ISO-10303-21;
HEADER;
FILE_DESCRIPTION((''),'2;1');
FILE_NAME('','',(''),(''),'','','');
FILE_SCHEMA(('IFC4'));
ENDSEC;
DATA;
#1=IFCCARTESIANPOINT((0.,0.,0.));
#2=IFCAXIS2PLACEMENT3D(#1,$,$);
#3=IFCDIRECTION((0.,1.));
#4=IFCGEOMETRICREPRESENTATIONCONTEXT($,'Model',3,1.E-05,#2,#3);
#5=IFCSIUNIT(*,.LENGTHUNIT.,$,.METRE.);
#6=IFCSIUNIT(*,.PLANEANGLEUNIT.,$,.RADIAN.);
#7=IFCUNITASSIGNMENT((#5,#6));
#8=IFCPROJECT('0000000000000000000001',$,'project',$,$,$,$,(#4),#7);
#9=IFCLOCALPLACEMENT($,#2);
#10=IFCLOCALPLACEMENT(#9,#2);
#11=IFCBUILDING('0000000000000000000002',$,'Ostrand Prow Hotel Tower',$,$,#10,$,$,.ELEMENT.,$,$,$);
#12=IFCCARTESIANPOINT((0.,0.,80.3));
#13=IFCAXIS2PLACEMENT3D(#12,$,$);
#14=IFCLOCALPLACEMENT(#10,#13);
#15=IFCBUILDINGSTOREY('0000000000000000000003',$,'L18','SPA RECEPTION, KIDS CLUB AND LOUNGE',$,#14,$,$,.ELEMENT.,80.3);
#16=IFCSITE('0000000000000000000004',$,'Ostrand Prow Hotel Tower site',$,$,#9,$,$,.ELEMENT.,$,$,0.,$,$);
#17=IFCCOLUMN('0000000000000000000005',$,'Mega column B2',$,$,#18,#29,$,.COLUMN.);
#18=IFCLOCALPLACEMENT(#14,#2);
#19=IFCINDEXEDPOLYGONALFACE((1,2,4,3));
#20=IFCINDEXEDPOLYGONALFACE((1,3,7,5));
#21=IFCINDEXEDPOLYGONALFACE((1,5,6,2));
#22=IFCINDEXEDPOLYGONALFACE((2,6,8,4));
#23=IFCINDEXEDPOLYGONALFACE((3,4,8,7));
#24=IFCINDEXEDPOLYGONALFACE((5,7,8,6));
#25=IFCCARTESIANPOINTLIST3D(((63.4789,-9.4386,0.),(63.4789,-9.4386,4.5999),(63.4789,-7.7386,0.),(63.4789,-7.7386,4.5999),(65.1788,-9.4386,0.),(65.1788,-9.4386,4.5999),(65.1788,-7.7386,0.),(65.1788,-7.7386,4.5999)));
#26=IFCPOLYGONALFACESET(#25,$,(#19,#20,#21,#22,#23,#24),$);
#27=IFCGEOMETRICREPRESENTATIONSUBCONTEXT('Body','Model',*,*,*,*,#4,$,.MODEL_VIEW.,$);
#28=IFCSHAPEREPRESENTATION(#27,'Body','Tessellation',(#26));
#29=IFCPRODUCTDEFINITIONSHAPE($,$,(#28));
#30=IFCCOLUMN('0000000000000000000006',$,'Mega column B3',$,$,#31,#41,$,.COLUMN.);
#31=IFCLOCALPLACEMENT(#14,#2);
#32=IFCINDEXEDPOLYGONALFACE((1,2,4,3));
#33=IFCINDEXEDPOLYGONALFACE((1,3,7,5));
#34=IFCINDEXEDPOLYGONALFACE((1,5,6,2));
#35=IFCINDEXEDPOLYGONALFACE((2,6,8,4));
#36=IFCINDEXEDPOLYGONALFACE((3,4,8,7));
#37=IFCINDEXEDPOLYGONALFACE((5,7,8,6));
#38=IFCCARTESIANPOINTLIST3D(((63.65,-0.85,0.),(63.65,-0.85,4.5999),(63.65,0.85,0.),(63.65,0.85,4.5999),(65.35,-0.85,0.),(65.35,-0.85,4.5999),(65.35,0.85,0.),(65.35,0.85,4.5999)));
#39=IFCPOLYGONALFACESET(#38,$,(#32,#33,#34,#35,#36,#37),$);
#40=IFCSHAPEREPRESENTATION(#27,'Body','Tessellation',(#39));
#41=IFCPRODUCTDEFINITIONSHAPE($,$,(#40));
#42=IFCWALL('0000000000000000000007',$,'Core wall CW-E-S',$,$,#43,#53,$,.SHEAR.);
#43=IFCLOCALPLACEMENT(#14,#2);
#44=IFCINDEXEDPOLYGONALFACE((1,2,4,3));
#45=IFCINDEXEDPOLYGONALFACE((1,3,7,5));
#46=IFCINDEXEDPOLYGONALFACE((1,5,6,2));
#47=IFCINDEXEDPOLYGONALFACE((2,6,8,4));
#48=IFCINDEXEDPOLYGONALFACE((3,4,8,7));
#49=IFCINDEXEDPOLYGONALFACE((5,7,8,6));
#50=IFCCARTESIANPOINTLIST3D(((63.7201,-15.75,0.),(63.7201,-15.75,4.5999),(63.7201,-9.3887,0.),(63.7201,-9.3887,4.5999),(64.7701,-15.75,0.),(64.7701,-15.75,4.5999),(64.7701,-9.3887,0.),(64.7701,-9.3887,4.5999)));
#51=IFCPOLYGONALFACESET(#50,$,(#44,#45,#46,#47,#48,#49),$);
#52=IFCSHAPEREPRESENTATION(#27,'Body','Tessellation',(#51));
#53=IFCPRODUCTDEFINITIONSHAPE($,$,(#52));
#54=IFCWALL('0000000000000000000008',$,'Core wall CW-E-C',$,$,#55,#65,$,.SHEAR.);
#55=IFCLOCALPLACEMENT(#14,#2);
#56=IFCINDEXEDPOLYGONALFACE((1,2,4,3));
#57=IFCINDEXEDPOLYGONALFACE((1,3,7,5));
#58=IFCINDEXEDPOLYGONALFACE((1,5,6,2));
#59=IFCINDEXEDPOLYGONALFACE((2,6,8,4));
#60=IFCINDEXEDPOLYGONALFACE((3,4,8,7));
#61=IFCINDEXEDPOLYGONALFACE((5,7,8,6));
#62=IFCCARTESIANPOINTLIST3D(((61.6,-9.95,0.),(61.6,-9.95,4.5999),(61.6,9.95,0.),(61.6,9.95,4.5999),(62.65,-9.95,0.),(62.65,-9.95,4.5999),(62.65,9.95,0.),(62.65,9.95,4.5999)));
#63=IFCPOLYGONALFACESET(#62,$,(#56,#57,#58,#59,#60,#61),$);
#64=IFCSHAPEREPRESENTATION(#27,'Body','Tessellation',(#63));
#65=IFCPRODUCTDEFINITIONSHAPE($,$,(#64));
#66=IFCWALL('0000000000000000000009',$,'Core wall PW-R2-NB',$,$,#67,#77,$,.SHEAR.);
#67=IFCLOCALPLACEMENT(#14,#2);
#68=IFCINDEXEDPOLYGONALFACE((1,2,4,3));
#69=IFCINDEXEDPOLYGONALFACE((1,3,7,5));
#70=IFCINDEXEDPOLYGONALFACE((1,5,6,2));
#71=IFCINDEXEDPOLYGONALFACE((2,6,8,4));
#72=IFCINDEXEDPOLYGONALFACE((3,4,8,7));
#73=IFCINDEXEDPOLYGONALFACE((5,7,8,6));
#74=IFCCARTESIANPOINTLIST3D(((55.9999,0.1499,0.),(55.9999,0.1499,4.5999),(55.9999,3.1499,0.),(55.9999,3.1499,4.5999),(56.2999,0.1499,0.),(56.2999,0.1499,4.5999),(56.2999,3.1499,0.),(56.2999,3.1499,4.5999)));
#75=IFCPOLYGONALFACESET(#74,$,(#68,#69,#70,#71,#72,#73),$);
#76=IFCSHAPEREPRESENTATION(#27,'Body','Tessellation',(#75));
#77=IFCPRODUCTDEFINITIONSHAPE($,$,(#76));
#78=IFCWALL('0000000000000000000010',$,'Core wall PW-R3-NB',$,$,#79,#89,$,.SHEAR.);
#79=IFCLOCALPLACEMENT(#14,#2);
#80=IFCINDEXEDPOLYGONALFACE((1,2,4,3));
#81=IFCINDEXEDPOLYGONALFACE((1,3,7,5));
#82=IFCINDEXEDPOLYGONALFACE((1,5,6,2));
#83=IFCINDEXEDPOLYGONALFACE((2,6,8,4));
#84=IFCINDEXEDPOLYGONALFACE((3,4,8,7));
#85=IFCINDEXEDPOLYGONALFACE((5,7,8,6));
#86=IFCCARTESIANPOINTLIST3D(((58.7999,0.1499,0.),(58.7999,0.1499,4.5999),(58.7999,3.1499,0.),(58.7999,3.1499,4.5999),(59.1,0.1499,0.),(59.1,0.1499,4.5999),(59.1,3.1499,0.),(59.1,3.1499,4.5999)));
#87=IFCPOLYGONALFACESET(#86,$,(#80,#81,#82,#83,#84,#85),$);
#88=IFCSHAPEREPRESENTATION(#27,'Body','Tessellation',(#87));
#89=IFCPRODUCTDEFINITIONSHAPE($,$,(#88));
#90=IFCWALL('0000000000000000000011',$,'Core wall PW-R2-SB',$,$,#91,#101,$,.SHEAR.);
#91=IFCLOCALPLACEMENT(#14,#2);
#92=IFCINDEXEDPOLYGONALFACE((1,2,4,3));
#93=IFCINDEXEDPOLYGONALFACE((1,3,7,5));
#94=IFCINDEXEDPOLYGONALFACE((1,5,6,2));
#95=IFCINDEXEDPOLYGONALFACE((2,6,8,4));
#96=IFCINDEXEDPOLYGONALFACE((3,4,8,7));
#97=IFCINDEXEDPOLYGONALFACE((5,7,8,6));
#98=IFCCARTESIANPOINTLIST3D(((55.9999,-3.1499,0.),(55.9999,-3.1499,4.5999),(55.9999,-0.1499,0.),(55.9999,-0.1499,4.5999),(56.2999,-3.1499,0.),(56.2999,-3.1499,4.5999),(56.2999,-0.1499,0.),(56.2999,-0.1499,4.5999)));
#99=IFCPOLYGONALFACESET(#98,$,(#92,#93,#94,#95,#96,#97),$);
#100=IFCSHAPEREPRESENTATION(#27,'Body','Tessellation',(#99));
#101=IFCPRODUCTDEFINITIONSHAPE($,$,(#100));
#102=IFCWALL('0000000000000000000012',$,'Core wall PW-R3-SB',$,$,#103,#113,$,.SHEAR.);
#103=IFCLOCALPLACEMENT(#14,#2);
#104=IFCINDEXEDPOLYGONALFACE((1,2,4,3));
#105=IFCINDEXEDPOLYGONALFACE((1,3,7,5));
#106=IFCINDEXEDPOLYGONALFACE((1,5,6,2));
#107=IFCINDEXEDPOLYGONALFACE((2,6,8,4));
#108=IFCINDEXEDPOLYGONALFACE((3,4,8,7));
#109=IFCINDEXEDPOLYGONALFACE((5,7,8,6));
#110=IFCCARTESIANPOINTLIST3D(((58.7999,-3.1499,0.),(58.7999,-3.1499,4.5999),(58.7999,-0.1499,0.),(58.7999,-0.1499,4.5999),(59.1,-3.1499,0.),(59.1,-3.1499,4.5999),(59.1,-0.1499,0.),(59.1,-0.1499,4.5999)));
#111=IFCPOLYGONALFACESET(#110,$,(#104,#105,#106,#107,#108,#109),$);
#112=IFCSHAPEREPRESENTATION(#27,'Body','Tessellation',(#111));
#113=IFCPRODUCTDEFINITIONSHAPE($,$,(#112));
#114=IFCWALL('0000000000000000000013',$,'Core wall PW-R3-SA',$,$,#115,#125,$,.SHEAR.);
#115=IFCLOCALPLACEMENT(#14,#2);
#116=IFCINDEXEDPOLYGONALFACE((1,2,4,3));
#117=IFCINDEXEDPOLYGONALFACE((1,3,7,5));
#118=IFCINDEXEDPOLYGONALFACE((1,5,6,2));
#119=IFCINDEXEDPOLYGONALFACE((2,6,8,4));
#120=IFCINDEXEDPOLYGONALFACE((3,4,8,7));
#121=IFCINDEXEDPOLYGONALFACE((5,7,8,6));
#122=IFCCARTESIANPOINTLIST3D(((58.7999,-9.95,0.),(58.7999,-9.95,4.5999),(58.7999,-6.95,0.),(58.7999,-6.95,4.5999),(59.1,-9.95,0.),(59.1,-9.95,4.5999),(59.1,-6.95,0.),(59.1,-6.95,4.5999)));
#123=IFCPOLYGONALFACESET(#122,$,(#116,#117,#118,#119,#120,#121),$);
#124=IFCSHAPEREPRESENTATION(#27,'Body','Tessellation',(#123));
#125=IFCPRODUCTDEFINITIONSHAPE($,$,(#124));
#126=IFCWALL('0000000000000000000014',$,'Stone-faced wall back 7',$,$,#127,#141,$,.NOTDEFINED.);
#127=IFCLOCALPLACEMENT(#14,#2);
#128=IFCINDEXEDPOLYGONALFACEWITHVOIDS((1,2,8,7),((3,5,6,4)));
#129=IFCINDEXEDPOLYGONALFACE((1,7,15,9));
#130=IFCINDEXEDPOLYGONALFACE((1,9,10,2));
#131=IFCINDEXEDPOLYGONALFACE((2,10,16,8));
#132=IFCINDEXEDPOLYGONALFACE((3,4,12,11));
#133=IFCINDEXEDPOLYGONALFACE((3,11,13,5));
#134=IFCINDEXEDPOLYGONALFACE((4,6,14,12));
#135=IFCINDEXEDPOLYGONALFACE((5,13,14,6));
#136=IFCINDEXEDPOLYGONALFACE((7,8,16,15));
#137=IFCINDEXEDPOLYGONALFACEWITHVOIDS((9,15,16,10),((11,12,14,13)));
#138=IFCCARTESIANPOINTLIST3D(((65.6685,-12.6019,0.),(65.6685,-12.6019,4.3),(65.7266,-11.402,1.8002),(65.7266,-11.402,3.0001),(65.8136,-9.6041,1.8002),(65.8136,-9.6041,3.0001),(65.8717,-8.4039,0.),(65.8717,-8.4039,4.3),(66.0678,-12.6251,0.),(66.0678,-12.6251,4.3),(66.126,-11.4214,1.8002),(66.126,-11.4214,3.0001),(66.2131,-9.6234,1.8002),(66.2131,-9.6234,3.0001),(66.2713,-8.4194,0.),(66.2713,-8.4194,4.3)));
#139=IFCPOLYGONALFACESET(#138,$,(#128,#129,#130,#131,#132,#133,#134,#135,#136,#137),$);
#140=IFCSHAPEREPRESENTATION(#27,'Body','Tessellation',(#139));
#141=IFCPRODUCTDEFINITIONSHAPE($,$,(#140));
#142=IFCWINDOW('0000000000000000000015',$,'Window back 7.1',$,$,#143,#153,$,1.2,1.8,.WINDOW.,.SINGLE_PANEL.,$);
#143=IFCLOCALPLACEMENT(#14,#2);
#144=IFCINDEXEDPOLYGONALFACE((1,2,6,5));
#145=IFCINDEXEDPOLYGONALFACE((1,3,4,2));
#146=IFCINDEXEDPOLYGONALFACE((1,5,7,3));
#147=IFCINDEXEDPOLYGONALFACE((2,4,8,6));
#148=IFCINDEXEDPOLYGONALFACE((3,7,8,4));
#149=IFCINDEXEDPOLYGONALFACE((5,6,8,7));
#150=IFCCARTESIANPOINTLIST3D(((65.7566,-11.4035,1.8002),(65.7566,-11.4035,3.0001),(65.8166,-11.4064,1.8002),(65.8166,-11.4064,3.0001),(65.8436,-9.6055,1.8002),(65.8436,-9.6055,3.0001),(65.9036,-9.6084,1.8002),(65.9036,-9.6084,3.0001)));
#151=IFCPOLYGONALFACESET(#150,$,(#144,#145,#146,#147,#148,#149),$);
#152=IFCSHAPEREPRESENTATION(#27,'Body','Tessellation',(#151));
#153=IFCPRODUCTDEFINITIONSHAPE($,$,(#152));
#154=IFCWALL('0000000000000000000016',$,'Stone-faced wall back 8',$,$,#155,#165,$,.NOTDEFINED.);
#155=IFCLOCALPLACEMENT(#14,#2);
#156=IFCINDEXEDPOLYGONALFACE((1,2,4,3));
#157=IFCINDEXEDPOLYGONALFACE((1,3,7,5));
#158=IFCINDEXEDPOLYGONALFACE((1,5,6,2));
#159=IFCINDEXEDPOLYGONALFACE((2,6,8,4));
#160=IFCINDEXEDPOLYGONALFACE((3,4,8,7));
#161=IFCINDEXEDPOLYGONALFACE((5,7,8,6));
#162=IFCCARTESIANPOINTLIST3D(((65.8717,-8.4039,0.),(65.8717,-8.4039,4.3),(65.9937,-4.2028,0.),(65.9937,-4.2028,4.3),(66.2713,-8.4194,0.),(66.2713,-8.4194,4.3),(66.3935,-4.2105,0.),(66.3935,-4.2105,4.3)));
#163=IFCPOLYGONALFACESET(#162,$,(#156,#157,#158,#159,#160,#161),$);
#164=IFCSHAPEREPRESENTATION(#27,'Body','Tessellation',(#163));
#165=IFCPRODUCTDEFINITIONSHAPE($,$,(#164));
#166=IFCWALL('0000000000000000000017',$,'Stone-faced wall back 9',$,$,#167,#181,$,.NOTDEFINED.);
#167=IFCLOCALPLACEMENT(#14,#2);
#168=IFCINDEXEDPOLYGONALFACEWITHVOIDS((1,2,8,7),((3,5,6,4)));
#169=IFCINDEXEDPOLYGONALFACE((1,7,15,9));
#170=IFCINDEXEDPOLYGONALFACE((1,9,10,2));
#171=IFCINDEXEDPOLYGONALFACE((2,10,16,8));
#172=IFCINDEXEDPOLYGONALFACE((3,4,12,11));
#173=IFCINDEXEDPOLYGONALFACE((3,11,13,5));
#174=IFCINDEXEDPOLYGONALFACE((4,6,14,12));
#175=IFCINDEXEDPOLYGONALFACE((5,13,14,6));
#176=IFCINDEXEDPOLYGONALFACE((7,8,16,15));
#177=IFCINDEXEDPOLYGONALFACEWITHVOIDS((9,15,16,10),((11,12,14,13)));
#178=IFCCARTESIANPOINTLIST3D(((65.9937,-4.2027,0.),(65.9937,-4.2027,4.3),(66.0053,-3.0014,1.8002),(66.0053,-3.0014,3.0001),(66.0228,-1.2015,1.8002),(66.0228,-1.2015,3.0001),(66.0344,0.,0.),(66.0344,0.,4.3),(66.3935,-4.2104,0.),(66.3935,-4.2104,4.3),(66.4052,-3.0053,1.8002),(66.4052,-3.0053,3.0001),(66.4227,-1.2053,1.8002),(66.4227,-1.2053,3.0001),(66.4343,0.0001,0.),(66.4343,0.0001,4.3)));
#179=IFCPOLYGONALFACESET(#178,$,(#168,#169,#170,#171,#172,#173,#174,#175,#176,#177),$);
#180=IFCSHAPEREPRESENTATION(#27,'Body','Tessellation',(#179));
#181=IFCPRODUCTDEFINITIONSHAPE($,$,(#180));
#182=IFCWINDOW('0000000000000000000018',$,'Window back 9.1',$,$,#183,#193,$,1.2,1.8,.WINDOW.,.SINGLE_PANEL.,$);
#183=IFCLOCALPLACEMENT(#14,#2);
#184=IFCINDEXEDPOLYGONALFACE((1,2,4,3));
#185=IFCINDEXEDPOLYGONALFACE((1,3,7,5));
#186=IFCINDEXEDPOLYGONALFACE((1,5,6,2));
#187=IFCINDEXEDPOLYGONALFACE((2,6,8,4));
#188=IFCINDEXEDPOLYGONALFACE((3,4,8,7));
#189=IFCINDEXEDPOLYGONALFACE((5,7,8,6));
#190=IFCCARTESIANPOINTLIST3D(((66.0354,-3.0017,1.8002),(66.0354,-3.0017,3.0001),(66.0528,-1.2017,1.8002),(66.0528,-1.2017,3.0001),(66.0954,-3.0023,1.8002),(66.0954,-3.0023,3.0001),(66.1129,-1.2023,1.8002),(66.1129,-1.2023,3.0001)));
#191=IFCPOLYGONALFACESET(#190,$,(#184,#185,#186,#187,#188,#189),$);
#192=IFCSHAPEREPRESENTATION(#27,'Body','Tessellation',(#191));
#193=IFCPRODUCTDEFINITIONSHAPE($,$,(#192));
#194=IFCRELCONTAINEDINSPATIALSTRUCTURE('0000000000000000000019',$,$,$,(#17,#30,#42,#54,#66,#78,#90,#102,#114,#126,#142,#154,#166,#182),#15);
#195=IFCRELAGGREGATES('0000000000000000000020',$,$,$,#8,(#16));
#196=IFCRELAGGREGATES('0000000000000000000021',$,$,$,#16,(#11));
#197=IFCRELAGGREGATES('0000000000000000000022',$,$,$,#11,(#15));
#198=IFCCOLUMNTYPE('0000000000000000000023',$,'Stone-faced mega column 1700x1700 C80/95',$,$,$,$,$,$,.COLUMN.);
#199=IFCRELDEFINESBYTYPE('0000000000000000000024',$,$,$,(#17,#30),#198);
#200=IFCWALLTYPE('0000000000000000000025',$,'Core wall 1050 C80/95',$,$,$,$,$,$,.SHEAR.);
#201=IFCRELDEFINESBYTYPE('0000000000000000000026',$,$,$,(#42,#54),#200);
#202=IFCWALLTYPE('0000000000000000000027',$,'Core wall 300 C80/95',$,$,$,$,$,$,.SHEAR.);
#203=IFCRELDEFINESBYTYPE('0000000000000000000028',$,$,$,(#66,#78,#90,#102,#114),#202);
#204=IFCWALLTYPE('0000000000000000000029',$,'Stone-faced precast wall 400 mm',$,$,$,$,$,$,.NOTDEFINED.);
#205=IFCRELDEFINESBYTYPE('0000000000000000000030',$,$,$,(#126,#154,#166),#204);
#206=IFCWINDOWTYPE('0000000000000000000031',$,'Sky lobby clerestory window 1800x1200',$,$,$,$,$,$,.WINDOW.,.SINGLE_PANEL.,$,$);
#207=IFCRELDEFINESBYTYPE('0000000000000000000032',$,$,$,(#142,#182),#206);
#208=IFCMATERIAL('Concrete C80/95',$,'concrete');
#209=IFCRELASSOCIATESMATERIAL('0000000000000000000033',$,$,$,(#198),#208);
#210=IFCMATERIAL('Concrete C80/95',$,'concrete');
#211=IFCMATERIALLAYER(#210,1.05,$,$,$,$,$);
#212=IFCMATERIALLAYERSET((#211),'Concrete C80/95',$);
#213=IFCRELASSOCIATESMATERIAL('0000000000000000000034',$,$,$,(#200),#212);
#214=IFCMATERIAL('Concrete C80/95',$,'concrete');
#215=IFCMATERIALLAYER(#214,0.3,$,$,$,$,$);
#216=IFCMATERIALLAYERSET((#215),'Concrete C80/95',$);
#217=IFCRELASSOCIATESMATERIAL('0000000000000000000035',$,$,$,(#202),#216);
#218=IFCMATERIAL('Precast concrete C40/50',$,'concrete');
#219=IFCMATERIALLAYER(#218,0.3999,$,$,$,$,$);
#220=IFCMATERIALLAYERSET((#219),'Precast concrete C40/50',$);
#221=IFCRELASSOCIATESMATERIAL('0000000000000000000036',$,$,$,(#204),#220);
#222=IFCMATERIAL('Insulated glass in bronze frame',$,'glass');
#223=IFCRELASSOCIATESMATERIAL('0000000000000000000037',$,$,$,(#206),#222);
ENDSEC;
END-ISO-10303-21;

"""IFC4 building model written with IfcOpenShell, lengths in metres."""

from ifc_helpers import new_model, si_unit, direction, frame, frame_2d, origin, origin_2d, place, context, subcontext, project, spatial, polyline, rectangle, outline, extrude, material, layer, layer_set, material_profile, profile_set, type_object, element, fill, save


model = new_model("IFC4")

# Units and contexts
model_context = context("Model", 3, precision=1e-05, world=origin(), true_north=direction((0.0, 1.0)))
body_context = subcontext(model_context, "Body", "Model", "MODEL_VIEW")
ifc_project = project(units=[si_unit("LENGTHUNIT", "METRE"), si_unit("PLANEANGLEUNIT", "RADIAN")], contexts=[model_context])

# Site, building, storey
site_placement = place(None, origin())
site = spatial("IfcSite", under=ifc_project, at=site_placement, Name="Ostrand Prow Hotel Tower site", CompositionType="ELEMENT", RefElevation=0.0)
building_placement = place(site_placement, origin())
building = spatial("IfcBuilding", under=site, at=building_placement, Name="Ostrand Prow Hotel Tower", CompositionType="ELEMENT")
storey_placement = place(building_placement, frame((0.0, 0.0, 80.3)))
storey = spatial("IfcBuildingStorey", under=building, at=storey_placement, Name="L18", Description="SPA RECEPTION, KIDS CLUB AND LOUNGE", CompositionType="ELEMENT", Elevation=80.3)

# Columns
ifc_material_1 = material(Name="Concrete C80/95", Category="concrete")
ifc_material_profile = material_profile(ifc_material_1, rectangle(XDim=1.7, YDim=1.7, at=origin_2d()), Name="RC 1700x1700")
ifc_profile_set = profile_set([ifc_material_profile], Name="Concrete C80/95")
column_type = type_object("IfcColumnType", Name="Stone-faced mega column 1700x1700 C80/95", PredefinedType="COLUMN", material=ifc_profile_set)
for number, where, z_axis, x_axis, name in (
    (1, (64.3289, -8.5886, 0.0), (0.0, 0.0, 1.0), (1.0, 0.0, 0.0), "Mega column B2"),
    (2, (64.5, 0.0, 0.0), (0.0, 0.0, 1.0), (1.0, 0.0, 0.0), "Mega column B3"),
):
    element("IfcColumn", number, at=place(storey_placement, frame(where, z_axis=z_axis, x_axis=x_axis)), inside=storey, type_object=column_type, Name=name, PredefinedType="COLUMN", context=body_context, shape_type="SweptSolid", body=[
        extrude(rectangle(XDim=1.7, YDim=1.7, at=origin_2d()), origin(), (0.0, 0.0, 1.0), 4.5999),
    ])

# Walls
ifc_material_2 = material(Name="Concrete C80/95", Category="concrete")
ifc_layer_1 = layer(ifc_material_2, 1.05)
ifc_layer_set_1 = layer_set([ifc_layer_1], Name="Concrete C80/95")
wall_type_1 = type_object("IfcWallType", Name="Core wall 1050 C80/95", PredefinedType="SHEAR", material=ifc_layer_set_1)
wall_1_placement = place(storey_placement, frame((64.2451, -15.75, 0.0), z_axis=(0.0, 0.0, 1.0), x_axis=(0.0, 1.0, 0.0)))
element("IfcWall", 3, at=wall_1_placement, inside=storey, type_object=wall_type_1, Name="Core wall CW-E-S", PredefinedType="SHEAR", context=body_context, shape_type="SweptSolid", body=[
    extrude(rectangle(XDim=6.3613, YDim=1.05, at=frame_2d((3.1807, 0.0))), origin(), (0.0, 0.0, 1.0), 4.5999),
])
wall_2_placement = place(storey_placement, frame((62.125, -9.95, 0.0), z_axis=(0.0, 0.0, 1.0), x_axis=(0.0, 1.0, 0.0)))
element("IfcWall", 4, at=wall_2_placement, inside=storey, type_object=wall_type_1, Name="Core wall CW-E-C", PredefinedType="SHEAR", context=body_context, shape_type="SweptSolid", body=[
    extrude(rectangle(XDim=19.8999, YDim=1.05, at=frame_2d((9.95, 0.0))), origin(), (0.0, 0.0, 1.0), 4.5999),
])
ifc_material_3 = material(Name="Concrete C80/95", Category="concrete")
ifc_layer_2 = layer(ifc_material_3, 0.3)
ifc_layer_set_2 = layer_set([ifc_layer_2], Name="Concrete C80/95")
wall_type_2 = type_object("IfcWallType", Name="Core wall 300 C80/95", PredefinedType="SHEAR", material=ifc_layer_set_2)
for number, where, z_axis, x_axis, name in (
    (5, (56.1499, 0.1499, 0.0), (0.0, 0.0, 1.0), (0.0, 1.0, 0.0), "Core wall PW-R2-NB"),
    (6, (58.95, 0.1499, 0.0), (0.0, 0.0, 1.0), (0.0, 1.0, 0.0), "Core wall PW-R3-NB"),
    (7, (56.1499, -3.1499, 0.0), (0.0, 0.0, 1.0), (0.0, 1.0, 0.0), "Core wall PW-R2-SB"),
    (8, (58.95, -3.1499, 0.0), (0.0, 0.0, 1.0), (0.0, 1.0, 0.0), "Core wall PW-R3-SB"),
    (9, (58.95, -9.95, 0.0), (0.0, 0.0, 1.0), (0.0, 1.0, 0.0), "Core wall PW-R3-SA"),
):
    element("IfcWall", number, at=place(storey_placement, frame(where, z_axis=z_axis, x_axis=x_axis)), inside=storey, type_object=wall_type_2, Name=name, PredefinedType="SHEAR", context=body_context, shape_type="SweptSolid", body=[
        extrude(rectangle(XDim=3.0, YDim=0.3, at=frame_2d((1.5, 0.0))), origin(), (0.0, 0.0, 1.0), 4.5999),
    ])

# Wall, opening, window
ifc_material_4 = material(Name="Precast concrete C40/50", Category="concrete")
ifc_layer_3 = layer(ifc_material_4, 0.3999)
ifc_layer_set_3 = layer_set([ifc_layer_3], Name="Precast concrete C40/50")
wall_type_3 = type_object("IfcWallType", Name="Stone-faced precast wall 400 mm", PredefinedType="NOTDEFINED", material=ifc_layer_set_3)
wall_3_placement = place(storey_placement, frame((65.8682, -12.6135, 0.0), z_axis=(0.0, 0.0, 1.0), x_axis=(0.048343, 0.998831, 0.0)))
wall_3 = element("IfcWall", 10, at=wall_3_placement, inside=storey, type_object=wall_type_3, Name="Stone-faced wall back 7", PredefinedType="NOTDEFINED", context=body_context, shape_type="SweptSolid", body=[
    extrude(outline(polyline([(-0.002, -0.2), (4.2087, -0.2), (4.2048, 0.2), (0.002, 0.2), (-0.002, -0.2)])), origin(), (0.0, 0.0, 1.0), 4.3),
])
opening_1_placement = place(wall_3_placement, frame((1.2034, 0.0, 1.8)))
opening_1 = element("IfcOpeningElement", 11, at=opening_1_placement, cuts=wall_3, PredefinedType="OPENING", context=body_context, shape_type="SweptSolid", body=[
    extrude(rectangle(XDim=1.8, YDim=1.2, at=frame_2d((0.8999, 0.6001))), frame((0.0, 0.21, 0.0), z_axis=(0.0, -1.0, 0.0), x_axis=(1.0, 0.0, 0.0)), (0.0, 0.0, 1.0), 0.4199),
])
ifc_material_5 = material(Name="Insulated glass in bronze frame", Category="glass")
window_type = type_object("IfcWindowType", Name="Sky lobby clerestory window 1800x1200", PartitioningType="SINGLE_PANEL", PredefinedType="WINDOW", material=ifc_material_5)
window_1_placement = place(opening_1_placement, origin())
window_1 = element("IfcWindow", 12, at=window_1_placement, inside=storey, type_object=window_type, Name="Window back 7.1", OverallHeight=1.2, OverallWidth=1.8, PartitioningType="SINGLE_PANEL", PredefinedType="WINDOW", context=body_context, shape_type="SweptSolid", body=[
    extrude(rectangle(XDim=1.8, YDim=1.2, at=frame_2d((0.8999, 0.6001))), frame((0.0, 0.1699, 0.0), z_axis=(0.0, -1.0, 0.0), x_axis=(1.0, 0.0, 0.0)), (0.0, 0.0, 1.0), 0.0601),
])
fill(opening_1, window_1)

# Wall
wall_4_placement = place(storey_placement, frame((66.0715, -8.4116, 0.0), z_axis=(0.0, 0.0, 1.0), x_axis=(0.029017, 0.999579, 0.0)))
element("IfcWall", 13, at=wall_4_placement, inside=storey, type_object=wall_type_3, Name="Stone-faced wall back 8", PredefinedType="NOTDEFINED", context=body_context, shape_type="SweptSolid", body=[
    extrude(outline(polyline([(-0.002, -0.2), (4.2087, -0.2), (4.2048, 0.2), (0.002, 0.2), (-0.002, -0.2)])), origin(), (0.0, 0.0, 1.0), 4.3),
])

# Wall, opening, window
wall_5_placement = place(storey_placement, frame((66.1936, -4.2065, 0.0), z_axis=(0.0, 0.0, 1.0), x_axis=(0.009692, 0.999953, 0.0)))
wall_5 = element("IfcWall", 14, at=wall_5_placement, inside=storey, type_object=wall_type_3, Name="Stone-faced wall back 9", PredefinedType="NOTDEFINED", context=body_context, shape_type="SweptSolid", body=[
    extrude(outline(polyline([(-0.002, -0.2), (4.2087, -0.2), (4.2048, 0.2), (0.002, 0.2), (-0.002, -0.2)])), origin(), (0.0, 0.0, 1.0), 4.3),
])
opening_2_placement = place(wall_5_placement, frame((1.2034, 0.0, 1.8)))
opening_2 = element("IfcOpeningElement", 15, at=opening_2_placement, cuts=wall_5, PredefinedType="OPENING", context=body_context, shape_type="SweptSolid", body=[
    extrude(rectangle(XDim=1.8, YDim=1.2, at=frame_2d((0.8999, 0.6001))), frame((0.0, 0.21, 0.0), z_axis=(0.0, -1.0, 0.0), x_axis=(1.0, 0.0, 0.0)), (0.0, 0.0, 1.0), 0.4199),
])
window_2_placement = place(opening_2_placement, origin())
window_2 = element("IfcWindow", 16, at=window_2_placement, inside=storey, type_object=window_type, Name="Window back 9.1", OverallHeight=1.2, OverallWidth=1.8, PartitioningType="SINGLE_PANEL", PredefinedType="WINDOW", context=body_context, shape_type="SweptSolid", body=[
    extrude(rectangle(XDim=1.8, YDim=1.2, at=frame_2d((0.8999, 0.6001))), frame((0.0, 0.1699, 0.0), z_axis=(0.0, -1.0, 0.0), x_axis=(1.0, 0.0, 0.0)), (0.0, 0.0, 1.0), 0.0601),
])
fill(opening_2, window_2)

save(model, "model.ifc")
